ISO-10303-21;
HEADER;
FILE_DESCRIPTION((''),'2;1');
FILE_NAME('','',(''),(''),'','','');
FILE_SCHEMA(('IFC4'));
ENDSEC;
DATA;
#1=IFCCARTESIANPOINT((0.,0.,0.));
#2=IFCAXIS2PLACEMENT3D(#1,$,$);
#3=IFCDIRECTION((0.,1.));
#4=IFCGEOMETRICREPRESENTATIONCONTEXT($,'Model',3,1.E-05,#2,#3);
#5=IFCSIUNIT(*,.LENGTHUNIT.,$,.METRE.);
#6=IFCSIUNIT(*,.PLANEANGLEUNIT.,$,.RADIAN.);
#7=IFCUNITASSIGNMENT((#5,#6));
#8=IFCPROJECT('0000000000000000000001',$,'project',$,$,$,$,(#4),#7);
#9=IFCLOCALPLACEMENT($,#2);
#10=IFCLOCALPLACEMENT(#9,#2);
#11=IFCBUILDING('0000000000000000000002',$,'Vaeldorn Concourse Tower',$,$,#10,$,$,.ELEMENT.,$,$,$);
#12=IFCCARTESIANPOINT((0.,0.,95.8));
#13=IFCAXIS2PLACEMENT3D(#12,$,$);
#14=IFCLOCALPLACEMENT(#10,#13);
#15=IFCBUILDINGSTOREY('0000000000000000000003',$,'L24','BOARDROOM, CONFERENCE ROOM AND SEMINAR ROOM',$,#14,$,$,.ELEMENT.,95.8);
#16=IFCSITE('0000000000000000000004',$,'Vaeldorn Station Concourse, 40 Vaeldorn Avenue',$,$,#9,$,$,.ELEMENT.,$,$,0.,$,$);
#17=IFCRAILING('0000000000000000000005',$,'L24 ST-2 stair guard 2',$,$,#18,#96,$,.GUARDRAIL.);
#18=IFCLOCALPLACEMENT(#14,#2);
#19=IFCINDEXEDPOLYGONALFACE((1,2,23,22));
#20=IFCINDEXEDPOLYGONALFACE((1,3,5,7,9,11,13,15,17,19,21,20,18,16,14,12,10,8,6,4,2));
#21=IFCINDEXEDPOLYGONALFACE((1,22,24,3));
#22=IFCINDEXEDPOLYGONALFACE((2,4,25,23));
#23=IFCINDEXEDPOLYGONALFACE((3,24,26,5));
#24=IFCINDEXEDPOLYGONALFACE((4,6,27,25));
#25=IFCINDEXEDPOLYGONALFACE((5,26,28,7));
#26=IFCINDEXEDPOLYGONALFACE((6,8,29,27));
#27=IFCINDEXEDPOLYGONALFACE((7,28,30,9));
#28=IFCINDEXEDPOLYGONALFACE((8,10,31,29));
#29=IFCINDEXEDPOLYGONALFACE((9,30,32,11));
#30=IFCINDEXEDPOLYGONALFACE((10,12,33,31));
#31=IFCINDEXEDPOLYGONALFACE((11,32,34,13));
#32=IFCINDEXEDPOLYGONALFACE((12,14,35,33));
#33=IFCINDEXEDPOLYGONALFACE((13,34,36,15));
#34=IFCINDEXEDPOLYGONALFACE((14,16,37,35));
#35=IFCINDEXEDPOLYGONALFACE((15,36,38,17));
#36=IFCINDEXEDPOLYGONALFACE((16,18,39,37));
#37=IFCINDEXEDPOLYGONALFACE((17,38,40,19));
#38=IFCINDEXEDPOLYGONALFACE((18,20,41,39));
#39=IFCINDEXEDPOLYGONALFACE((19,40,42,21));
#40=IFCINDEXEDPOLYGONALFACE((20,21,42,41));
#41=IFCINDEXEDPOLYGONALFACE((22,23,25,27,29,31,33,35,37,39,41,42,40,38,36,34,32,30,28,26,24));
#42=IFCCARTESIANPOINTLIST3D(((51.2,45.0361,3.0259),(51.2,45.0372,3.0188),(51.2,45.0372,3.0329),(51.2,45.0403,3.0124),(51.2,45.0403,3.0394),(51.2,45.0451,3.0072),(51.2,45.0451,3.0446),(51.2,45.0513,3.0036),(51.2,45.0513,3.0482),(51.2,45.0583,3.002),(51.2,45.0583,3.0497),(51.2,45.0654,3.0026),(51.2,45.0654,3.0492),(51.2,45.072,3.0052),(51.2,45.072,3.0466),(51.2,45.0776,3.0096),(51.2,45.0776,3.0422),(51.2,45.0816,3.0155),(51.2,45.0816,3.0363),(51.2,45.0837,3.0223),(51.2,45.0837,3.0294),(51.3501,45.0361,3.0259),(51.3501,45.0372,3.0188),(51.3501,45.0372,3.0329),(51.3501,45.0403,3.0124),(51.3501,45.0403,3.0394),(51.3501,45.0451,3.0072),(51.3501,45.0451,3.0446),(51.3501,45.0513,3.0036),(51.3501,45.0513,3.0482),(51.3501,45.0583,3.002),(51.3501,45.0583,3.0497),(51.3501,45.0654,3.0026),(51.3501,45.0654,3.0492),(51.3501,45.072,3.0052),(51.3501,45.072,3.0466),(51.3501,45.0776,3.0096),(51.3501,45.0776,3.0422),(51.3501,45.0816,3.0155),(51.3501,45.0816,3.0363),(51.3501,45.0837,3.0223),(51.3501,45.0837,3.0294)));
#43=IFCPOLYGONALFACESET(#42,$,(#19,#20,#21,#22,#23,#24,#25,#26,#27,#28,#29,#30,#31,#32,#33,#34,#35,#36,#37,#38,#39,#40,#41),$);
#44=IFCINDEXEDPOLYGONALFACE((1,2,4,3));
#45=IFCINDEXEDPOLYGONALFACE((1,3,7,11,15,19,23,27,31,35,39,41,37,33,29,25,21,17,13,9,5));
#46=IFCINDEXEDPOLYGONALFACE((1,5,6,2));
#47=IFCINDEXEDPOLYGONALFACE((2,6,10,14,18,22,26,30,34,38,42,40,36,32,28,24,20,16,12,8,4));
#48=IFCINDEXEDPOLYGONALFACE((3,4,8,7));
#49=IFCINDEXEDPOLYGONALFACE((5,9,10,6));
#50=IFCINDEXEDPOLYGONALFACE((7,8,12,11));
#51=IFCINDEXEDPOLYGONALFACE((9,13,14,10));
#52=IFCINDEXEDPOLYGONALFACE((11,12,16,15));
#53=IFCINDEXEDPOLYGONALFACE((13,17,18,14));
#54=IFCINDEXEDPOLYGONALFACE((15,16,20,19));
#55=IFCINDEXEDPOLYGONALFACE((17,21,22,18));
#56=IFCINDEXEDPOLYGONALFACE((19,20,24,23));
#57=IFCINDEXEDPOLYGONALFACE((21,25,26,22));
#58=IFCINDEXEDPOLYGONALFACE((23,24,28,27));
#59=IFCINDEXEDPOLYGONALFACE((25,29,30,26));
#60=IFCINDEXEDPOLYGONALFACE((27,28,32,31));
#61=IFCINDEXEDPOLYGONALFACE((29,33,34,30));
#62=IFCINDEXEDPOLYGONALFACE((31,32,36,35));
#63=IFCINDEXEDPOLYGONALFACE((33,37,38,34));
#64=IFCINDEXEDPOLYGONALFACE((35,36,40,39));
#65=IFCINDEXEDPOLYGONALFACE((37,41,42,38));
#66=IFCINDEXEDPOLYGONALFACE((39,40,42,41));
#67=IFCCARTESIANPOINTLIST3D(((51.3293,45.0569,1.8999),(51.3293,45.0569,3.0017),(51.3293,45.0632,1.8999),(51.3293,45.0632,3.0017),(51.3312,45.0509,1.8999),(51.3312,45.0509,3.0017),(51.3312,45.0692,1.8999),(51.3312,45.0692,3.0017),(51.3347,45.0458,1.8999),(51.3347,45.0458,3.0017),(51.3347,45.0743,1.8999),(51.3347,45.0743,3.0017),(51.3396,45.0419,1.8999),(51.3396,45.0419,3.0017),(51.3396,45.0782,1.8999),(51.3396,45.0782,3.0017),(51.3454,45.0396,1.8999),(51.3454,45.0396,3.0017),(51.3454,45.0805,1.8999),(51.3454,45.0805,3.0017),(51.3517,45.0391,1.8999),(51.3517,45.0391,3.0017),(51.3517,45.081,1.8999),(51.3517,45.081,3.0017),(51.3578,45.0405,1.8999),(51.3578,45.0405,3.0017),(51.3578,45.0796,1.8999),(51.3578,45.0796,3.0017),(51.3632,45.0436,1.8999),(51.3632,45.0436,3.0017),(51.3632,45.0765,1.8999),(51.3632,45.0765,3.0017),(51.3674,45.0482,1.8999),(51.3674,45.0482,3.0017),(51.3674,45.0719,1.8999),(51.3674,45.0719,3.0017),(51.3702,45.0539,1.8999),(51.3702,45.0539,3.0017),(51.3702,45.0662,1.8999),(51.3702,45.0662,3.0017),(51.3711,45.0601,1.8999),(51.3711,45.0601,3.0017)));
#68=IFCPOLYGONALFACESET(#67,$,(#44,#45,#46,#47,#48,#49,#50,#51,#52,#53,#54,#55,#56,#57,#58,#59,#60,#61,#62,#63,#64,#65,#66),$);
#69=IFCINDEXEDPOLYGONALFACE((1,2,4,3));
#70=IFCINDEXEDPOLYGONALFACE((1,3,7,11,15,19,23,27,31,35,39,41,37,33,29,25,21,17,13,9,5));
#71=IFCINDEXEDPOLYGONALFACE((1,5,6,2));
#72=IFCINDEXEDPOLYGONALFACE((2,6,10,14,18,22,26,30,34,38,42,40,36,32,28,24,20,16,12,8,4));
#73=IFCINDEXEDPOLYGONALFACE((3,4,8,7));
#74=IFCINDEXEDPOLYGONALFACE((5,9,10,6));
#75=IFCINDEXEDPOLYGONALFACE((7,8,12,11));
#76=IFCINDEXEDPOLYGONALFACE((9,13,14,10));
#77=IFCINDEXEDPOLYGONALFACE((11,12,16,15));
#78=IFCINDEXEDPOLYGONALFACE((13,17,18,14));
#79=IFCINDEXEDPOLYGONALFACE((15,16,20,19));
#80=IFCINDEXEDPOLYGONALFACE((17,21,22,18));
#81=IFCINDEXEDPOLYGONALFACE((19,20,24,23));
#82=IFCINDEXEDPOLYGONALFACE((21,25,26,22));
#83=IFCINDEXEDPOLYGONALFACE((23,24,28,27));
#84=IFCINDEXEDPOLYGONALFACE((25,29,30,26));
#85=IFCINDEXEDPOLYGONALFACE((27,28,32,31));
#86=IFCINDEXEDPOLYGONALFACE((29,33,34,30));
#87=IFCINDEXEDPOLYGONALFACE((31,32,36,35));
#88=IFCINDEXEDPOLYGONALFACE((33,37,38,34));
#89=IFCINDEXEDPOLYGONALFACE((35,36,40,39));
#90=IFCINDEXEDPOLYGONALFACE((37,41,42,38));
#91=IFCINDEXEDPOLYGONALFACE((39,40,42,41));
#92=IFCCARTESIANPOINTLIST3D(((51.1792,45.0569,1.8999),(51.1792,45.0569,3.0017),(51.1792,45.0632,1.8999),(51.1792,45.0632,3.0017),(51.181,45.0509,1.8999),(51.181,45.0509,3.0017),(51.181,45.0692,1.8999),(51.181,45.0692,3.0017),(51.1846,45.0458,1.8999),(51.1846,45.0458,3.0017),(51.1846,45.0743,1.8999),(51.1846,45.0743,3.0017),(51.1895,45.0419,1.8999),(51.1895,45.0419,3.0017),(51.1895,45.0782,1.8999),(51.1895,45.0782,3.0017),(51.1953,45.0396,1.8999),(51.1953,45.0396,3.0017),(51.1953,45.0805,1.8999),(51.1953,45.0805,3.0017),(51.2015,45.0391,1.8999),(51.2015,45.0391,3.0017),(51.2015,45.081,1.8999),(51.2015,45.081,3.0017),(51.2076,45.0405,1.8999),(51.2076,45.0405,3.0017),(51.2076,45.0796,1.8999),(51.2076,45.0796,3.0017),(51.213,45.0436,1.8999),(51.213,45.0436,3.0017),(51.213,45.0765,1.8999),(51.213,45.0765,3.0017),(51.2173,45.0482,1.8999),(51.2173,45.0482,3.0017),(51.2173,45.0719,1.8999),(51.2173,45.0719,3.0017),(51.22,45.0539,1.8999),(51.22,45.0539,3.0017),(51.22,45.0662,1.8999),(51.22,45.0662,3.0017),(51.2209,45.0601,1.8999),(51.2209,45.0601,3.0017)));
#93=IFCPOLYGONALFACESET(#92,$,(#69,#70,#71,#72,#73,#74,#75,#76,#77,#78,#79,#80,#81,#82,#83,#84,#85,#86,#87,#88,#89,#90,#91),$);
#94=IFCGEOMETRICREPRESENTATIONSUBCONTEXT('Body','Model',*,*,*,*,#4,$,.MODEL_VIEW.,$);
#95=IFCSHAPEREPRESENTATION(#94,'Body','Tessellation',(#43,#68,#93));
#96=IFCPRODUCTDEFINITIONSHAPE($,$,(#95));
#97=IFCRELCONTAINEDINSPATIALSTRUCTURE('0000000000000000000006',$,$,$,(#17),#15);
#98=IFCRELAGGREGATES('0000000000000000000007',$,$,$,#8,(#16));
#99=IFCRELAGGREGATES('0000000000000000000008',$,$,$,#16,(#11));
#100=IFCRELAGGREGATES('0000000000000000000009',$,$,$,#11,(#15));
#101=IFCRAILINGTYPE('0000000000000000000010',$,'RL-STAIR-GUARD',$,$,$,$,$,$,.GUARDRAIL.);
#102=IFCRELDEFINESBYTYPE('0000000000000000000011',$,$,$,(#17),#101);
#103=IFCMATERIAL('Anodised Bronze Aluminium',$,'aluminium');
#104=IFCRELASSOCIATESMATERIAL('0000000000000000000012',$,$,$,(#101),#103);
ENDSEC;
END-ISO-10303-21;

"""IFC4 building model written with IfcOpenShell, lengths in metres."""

from ifc_helpers import new_model, si_unit, direction, frame, origin, origin_2d, place, context, subcontext, project, spatial, circle, extrude, material, type_object, element, save


model = new_model("IFC4")

# Units and contexts
model_context = context("Model", 3, precision=1e-05, world=origin(), true_north=direction((0.0, 1.0)))
body_context = subcontext(model_context, "Body", "Model", "MODEL_VIEW")
ifc_project = project(units=[si_unit("LENGTHUNIT", "METRE"), si_unit("PLANEANGLEUNIT", "RADIAN")], contexts=[model_context])

# Site, building, storey
site_placement = place(None, origin())
site = spatial("IfcSite", under=ifc_project, at=site_placement, Name="Vaeldorn Station Concourse, 40 Vaeldorn Avenue", CompositionType="ELEMENT", RefElevation=0.0)
building_placement = place(site_placement, origin())
building = spatial("IfcBuilding", under=site, at=building_placement, Name="Vaeldorn Concourse Tower", CompositionType="ELEMENT")
storey_placement = place(building_placement, frame((0.0, 0.0, 95.8)))
storey = spatial("IfcBuildingStorey", under=building, at=storey_placement, Name="L24", Description="BOARDROOM, CONFERENCE ROOM AND SEMINAR ROOM", CompositionType="ELEMENT", Elevation=95.8)

# Shared definitions
ifc_material_1 = material(Name="Anodised Bronze Aluminium", Category="aluminium")

# Railing
railing_type_1 = type_object("IfcRailingType", Name="RL-STAIR-GUARD", PredefinedType="GUARDRAIL", material=ifc_material_1)
railing_1_placement = place(storey_placement, frame((51.3501, 45.0601, 1.8999)))
element("IfcRailing", 1, at=railing_1_placement, inside=storey, type_object=railing_type_1, Name="L24 ST-2 stair guard 2", PredefinedType="GUARDRAIL", context=body_context, shape_type="SweptSolid", body=[
    extrude(circle(Radius=0.0239, at=origin_2d()), frame((0.0, 0.0, 1.126), z_axis=(-1.0, 0.0, 0.0), x_axis=(0.0, -1.0, 0.0)), (0.0, 0.0, 1.0), 0.1501),
    extrude(circle(Radius=0.021, at=origin_2d()), origin(), (0.0, 0.0, 1.0), 1.1018),
    extrude(circle(Radius=0.021, at=origin_2d()), frame((-0.1501, 0.0, 0.0)), (0.0, 0.0, 1.0), 1.1018),
])

save(model, "model.ifc")
